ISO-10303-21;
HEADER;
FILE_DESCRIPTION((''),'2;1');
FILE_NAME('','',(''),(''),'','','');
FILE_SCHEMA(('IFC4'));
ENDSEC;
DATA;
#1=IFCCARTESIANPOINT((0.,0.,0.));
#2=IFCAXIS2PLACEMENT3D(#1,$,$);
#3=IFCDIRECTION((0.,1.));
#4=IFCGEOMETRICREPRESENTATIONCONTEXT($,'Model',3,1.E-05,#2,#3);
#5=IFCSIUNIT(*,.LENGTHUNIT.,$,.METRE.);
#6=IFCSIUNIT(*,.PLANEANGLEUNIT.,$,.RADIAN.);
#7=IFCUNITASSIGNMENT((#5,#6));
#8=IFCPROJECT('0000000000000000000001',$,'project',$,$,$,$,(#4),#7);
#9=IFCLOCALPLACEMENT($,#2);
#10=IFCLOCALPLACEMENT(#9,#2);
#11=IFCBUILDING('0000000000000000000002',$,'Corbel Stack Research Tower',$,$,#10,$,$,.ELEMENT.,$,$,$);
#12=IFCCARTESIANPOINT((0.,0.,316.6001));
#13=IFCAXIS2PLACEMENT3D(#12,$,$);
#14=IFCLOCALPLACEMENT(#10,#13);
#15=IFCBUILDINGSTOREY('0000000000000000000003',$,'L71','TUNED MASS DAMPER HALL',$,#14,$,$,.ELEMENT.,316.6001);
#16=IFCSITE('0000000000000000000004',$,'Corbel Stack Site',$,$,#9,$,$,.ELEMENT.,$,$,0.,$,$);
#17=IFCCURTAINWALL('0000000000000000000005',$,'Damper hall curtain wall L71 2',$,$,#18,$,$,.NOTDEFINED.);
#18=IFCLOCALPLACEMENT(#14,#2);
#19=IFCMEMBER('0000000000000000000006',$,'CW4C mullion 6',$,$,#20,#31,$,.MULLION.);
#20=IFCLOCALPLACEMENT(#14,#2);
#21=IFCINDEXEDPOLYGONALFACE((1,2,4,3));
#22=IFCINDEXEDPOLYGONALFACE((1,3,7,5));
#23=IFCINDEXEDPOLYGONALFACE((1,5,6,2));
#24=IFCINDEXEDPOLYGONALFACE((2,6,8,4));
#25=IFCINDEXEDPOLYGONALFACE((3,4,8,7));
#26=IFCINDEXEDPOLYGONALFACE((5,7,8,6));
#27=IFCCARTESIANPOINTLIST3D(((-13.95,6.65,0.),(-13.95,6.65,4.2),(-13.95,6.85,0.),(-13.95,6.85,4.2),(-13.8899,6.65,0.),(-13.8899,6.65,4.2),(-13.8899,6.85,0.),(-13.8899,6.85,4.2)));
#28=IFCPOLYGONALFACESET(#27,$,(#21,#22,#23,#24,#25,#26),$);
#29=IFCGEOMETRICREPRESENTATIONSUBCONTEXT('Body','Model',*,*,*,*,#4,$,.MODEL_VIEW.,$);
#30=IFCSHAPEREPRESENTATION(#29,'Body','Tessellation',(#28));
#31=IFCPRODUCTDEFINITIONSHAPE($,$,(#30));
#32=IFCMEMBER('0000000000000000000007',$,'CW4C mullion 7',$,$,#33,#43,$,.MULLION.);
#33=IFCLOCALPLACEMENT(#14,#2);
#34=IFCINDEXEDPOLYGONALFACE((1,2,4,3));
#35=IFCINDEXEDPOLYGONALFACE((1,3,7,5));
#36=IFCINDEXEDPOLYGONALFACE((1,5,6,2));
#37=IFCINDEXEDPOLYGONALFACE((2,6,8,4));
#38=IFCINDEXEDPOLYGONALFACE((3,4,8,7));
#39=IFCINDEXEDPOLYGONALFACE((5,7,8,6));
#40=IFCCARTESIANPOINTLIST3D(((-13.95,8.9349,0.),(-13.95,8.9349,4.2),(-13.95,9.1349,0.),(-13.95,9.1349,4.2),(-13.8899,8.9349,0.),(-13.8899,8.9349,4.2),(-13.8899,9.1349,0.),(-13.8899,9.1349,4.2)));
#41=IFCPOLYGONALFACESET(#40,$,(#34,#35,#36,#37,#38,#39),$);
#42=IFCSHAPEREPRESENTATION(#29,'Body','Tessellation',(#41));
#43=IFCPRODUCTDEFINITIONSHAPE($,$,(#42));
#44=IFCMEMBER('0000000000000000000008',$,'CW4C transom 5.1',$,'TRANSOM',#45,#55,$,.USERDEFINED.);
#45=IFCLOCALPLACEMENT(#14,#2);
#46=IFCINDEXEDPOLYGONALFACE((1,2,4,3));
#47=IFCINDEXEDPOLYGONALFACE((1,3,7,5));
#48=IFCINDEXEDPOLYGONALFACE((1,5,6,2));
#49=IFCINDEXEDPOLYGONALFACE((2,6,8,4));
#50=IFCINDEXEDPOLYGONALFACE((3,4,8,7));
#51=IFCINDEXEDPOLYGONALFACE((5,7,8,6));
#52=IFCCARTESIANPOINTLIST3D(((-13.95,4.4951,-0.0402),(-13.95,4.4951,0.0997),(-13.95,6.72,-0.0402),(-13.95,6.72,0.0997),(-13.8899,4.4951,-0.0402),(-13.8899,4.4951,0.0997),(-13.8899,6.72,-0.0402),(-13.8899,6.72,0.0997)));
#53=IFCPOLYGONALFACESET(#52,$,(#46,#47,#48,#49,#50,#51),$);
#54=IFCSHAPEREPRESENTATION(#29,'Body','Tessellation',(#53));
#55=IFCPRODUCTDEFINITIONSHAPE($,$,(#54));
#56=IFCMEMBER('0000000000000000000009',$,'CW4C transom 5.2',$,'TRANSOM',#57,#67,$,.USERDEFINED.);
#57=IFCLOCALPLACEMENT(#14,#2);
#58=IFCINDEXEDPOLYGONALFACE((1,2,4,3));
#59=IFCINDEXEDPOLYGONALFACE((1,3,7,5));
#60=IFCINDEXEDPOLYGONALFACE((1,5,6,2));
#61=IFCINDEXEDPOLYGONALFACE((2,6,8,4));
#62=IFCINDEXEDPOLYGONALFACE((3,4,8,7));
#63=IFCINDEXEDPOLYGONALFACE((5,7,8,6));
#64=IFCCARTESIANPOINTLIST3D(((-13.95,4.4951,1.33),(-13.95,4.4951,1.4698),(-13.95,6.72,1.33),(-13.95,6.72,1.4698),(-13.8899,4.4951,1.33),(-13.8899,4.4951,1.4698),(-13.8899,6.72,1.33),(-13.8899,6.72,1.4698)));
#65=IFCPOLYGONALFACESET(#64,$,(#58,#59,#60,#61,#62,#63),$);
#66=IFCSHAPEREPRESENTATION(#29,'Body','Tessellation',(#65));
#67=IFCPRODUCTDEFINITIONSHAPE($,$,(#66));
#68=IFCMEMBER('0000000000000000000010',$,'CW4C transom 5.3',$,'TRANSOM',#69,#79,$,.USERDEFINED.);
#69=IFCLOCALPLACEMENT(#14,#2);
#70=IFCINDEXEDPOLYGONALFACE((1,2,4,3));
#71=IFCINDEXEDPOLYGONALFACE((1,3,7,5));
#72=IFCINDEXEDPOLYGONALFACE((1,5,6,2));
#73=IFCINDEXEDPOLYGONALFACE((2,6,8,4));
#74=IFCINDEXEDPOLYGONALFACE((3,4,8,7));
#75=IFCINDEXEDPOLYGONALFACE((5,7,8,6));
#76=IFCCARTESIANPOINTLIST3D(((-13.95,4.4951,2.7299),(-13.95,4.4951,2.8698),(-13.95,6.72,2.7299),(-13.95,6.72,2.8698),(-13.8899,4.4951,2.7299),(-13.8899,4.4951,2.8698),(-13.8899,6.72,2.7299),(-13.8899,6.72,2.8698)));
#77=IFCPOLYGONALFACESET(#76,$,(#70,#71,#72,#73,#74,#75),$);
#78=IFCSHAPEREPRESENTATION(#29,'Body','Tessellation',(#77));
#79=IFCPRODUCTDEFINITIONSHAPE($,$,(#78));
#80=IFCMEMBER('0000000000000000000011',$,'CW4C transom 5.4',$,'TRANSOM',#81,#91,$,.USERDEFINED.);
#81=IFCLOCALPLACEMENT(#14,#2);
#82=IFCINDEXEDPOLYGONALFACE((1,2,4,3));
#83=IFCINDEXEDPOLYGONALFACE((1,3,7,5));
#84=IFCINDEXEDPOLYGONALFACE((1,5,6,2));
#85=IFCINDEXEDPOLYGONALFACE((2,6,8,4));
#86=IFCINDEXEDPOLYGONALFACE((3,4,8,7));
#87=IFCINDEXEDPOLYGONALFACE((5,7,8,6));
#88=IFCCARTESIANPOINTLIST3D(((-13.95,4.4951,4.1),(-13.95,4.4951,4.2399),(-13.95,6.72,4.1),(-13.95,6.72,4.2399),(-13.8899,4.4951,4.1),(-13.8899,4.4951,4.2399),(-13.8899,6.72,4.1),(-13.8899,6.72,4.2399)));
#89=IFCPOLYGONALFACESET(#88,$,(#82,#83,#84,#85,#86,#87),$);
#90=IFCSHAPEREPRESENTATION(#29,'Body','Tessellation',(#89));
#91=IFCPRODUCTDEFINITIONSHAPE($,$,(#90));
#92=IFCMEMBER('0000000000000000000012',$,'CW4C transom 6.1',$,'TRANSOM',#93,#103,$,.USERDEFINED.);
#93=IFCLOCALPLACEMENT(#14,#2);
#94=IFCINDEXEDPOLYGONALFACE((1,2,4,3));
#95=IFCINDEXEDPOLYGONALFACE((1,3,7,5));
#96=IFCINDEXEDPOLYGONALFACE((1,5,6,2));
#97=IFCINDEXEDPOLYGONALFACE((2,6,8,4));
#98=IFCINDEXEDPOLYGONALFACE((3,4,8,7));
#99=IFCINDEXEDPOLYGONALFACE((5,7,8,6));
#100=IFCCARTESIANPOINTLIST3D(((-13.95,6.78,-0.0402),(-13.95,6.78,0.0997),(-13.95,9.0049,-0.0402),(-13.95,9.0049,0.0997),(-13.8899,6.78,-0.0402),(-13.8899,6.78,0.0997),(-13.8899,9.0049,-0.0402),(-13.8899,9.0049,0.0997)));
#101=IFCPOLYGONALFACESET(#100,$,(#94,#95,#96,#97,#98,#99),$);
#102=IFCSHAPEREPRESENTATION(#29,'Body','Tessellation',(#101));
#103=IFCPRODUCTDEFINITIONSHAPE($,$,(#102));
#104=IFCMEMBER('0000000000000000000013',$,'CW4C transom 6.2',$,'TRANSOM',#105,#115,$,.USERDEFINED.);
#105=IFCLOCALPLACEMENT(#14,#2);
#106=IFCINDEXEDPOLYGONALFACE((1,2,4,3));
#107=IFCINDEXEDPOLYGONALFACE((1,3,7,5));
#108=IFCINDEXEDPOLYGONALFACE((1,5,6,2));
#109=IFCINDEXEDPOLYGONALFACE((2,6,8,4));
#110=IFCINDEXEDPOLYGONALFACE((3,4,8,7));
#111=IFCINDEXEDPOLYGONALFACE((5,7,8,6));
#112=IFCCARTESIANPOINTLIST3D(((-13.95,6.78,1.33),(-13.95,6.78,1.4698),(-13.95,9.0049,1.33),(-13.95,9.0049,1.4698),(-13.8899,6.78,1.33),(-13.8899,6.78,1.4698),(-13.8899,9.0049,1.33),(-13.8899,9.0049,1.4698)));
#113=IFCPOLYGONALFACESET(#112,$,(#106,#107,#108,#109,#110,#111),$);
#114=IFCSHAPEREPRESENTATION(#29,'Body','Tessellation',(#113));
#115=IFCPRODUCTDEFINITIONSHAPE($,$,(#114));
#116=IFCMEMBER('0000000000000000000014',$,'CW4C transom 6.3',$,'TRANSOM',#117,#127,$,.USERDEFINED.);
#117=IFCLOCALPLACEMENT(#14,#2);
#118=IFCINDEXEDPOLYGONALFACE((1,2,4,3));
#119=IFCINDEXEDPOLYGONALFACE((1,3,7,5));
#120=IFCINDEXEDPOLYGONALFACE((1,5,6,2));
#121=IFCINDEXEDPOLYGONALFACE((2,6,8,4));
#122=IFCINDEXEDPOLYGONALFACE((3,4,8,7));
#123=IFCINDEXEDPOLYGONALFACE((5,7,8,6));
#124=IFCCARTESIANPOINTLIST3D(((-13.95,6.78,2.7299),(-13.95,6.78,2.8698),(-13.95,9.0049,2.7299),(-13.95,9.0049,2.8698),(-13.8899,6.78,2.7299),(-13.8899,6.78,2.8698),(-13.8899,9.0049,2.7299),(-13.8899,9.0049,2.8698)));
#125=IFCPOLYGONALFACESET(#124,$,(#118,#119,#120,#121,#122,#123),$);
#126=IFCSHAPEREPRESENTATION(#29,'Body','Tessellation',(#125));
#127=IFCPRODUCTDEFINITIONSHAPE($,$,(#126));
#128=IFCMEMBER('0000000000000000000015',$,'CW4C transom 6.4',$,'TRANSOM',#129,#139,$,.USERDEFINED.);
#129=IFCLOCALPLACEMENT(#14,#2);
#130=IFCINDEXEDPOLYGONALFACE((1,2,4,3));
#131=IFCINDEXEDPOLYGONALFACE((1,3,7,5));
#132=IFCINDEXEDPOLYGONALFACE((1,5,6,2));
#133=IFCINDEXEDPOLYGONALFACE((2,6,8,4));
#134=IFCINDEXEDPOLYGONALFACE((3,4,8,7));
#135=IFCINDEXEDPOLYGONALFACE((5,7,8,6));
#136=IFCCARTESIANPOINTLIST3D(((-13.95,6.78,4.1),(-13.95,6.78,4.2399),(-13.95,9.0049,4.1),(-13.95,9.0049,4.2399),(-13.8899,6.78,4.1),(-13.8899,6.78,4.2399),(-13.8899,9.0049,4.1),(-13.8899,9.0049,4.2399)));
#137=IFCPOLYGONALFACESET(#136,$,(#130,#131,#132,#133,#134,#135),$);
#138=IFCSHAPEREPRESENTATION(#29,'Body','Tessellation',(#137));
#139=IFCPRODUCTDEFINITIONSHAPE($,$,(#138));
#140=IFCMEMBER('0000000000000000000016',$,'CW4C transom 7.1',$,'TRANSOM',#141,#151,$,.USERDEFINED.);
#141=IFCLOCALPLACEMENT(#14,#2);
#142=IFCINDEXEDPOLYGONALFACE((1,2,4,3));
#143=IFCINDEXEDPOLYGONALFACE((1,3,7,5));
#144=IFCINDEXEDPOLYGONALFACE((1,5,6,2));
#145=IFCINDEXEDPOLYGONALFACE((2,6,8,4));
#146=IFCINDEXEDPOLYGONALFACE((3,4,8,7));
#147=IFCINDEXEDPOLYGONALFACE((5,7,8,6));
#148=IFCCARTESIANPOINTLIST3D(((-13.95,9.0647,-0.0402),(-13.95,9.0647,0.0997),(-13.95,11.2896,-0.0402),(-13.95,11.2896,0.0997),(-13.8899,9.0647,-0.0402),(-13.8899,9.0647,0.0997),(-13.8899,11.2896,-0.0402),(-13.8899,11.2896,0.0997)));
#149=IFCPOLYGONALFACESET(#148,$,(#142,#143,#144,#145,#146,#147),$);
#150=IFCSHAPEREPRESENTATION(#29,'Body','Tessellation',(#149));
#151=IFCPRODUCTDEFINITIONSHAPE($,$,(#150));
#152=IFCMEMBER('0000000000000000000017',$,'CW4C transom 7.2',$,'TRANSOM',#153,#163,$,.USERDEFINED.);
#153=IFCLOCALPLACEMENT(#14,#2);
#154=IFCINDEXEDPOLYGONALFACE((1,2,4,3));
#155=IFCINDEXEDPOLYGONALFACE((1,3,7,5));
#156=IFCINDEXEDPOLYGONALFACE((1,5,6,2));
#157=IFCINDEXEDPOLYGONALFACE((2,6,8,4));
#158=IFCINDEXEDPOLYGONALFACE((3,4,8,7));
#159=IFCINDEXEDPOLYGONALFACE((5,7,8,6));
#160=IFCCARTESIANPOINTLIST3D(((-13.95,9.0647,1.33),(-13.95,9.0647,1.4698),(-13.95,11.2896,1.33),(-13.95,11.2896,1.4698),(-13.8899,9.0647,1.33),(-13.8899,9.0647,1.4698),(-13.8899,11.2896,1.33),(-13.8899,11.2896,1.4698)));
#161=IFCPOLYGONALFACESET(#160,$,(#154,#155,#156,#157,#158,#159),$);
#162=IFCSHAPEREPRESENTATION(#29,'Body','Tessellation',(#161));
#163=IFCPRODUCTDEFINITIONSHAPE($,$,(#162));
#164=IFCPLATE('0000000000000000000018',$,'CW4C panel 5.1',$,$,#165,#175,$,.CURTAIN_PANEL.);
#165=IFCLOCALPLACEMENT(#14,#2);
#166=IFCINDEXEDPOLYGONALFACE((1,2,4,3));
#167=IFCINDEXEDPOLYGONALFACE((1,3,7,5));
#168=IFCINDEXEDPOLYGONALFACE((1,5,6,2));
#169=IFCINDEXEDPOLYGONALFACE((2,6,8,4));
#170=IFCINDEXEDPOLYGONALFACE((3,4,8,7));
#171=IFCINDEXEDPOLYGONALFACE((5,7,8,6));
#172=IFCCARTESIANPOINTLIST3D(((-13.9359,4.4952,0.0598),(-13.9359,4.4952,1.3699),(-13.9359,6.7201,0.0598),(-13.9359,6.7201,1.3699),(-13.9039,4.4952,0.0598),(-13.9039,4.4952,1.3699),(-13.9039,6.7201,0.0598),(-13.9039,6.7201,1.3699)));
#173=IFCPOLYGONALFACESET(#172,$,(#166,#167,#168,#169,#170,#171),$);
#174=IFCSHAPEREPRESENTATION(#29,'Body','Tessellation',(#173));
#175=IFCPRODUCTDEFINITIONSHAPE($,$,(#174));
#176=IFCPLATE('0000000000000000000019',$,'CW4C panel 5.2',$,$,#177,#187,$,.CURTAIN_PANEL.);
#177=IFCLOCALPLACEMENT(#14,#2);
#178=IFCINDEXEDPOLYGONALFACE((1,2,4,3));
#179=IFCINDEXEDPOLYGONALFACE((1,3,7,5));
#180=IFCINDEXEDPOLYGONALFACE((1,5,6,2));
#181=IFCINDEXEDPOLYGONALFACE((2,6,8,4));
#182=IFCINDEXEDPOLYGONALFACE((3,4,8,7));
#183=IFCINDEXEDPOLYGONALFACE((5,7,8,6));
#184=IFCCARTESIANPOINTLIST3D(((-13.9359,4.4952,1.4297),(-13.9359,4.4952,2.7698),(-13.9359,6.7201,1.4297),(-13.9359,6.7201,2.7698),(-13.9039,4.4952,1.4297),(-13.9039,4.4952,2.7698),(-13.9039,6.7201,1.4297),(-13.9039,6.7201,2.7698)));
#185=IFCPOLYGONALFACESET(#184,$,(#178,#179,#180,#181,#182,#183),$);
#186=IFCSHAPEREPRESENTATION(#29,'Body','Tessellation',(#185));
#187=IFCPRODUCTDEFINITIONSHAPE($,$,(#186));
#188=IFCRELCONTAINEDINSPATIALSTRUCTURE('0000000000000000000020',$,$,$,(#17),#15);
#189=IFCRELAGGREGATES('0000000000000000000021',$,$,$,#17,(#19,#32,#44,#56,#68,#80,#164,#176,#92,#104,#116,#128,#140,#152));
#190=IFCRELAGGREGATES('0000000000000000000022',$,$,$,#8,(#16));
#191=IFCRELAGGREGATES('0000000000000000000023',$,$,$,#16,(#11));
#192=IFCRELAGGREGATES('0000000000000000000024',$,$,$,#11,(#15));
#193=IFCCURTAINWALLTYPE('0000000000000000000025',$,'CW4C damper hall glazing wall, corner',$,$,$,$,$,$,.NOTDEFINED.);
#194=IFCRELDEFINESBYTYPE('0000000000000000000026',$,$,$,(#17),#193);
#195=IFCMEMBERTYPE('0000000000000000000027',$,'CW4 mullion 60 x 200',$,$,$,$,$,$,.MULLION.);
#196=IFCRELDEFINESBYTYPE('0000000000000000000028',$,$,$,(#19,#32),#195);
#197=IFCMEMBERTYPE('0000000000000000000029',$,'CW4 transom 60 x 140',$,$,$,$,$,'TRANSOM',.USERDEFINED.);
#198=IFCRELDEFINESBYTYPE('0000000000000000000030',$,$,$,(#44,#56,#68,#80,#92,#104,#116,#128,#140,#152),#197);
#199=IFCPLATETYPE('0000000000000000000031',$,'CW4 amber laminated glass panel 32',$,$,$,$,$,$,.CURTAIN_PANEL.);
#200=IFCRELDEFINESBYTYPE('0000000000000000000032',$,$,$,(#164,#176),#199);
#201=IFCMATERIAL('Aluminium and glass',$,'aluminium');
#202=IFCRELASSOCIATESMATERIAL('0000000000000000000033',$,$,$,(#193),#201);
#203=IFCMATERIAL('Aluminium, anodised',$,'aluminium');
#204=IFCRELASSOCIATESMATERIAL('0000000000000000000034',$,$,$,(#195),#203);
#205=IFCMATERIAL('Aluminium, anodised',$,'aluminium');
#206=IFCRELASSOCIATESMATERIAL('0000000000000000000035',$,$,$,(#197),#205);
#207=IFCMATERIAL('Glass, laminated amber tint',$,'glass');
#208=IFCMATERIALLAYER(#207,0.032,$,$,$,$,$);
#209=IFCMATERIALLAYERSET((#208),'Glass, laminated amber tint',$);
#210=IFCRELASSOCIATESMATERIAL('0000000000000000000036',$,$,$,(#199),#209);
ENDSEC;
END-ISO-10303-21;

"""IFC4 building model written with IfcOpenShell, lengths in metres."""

from ifc_helpers import new_model, si_unit, direction, frame, origin, origin_2d, place, context, subcontext, project, spatial, rectangle, extrude, material, layer, layer_set, material_profile, profile_set, type_object, element, aggregate, save


model = new_model("IFC4")

# Units and contexts
model_context = context("Model", 3, precision=1e-05, world=origin(), true_north=direction((0.0, 1.0)))
body_context = subcontext(model_context, "Body", "Model", "MODEL_VIEW")
ifc_project = project(units=[si_unit("LENGTHUNIT", "METRE"), si_unit("PLANEANGLEUNIT", "RADIAN")], contexts=[model_context])

# Site, building, storey
site_placement = place(None, origin())
site = spatial("IfcSite", under=ifc_project, at=site_placement, Name="Corbel Stack Site", CompositionType="ELEMENT", RefElevation=0.0)
building_placement = place(site_placement, origin())
building = spatial("IfcBuilding", under=site, at=building_placement, Name="Corbel Stack Research Tower", CompositionType="ELEMENT")
storey_placement = place(building_placement, frame((0.0, 0.0, 316.6001)))
storey = spatial("IfcBuildingStorey", under=building, at=storey_placement, Name="L71", Description="TUNED MASS DAMPER HALL", CompositionType="ELEMENT", Elevation=316.6001)

# Curtain wall, members, plates
ifc_material_1 = material(Name="Aluminium and glass", Category="aluminium")
curtain_wall_type = type_object("IfcCurtainWallType", Name="CW4C damper hall glazing wall, corner", PredefinedType="NOTDEFINED", material=ifc_material_1)
curtain_wall_placement = place(storey_placement, origin())
curtain_wall = element("IfcCurtainWall", 1, at=curtain_wall_placement, inside=storey, type_object=curtain_wall_type, Name="Damper hall curtain wall L71 2", PredefinedType="NOTDEFINED")
ifc_material_2 = material(Name="Aluminium, anodised", Category="aluminium")
ifc_material_profile_1 = material_profile(ifc_material_2, rectangle(XDim=0.0601, YDim=0.2, at=origin_2d()), Name="CW4 mullion 60 x 200")
ifc_profile_set_1 = profile_set([ifc_material_profile_1], Name="Aluminium, anodised")
member_type_1 = type_object("IfcMemberType", Name="CW4 mullion 60 x 200", PredefinedType="MULLION", material=ifc_profile_set_1)
member_1_placement = place(storey_placement, frame((-13.9199, 6.75, 0.0), z_axis=(0.0, 0.0, 1.0), x_axis=(-1.0, 0.0, 0.0)))
member_1 = element("IfcMember", 2, at=member_1_placement, type_object=member_type_1, Name="CW4C mullion 6", PredefinedType="MULLION", context=body_context, shape_type="SweptSolid", body=[
    extrude(rectangle(XDim=0.0601, YDim=0.2, at=origin_2d()), origin(), (0.0, 0.0, 1.0), 4.2),
])
member_2_placement = place(storey_placement, frame((-13.9199, 9.0349, 0.0), z_axis=(0.0, 0.0, 1.0), x_axis=(-1.0, 0.0, 0.0)))
member_2 = element("IfcMember", 3, at=member_2_placement, type_object=member_type_1, Name="CW4C mullion 7", PredefinedType="MULLION", context=body_context, shape_type="SweptSolid", body=[
    extrude(rectangle(XDim=0.0601, YDim=0.2, at=origin_2d()), origin(), (0.0, 0.0, 1.0), 4.2),
])
ifc_material_3 = material(Name="Aluminium, anodised", Category="aluminium")
ifc_material_profile_2 = material_profile(ifc_material_3, rectangle(XDim=0.0601, YDim=0.1399, at=origin_2d()), Name="CW4 transom 60 x 140")
ifc_profile_set_2 = profile_set([ifc_material_profile_2], Name="Aluminium, anodised")
member_type_2 = type_object("IfcMemberType", Name="CW4 transom 60 x 140", ElementType="TRANSOM", PredefinedType="USERDEFINED", material=ifc_profile_set_2)
member_3_placement = place(storey_placement, frame((-13.9199, 4.4951, 0.0298), z_axis=(0.0, 1.0, 0.0), x_axis=(-1.0, 0.0, 0.0)))
member_3 = element("IfcMember", 4, at=member_3_placement, type_object=member_type_2, Name="CW4C transom 5.1", ObjectType="TRANSOM", PredefinedType="USERDEFINED", context=body_context, shape_type="SweptSolid", body=[
    extrude(rectangle(XDim=0.0601, YDim=0.1399, at=origin_2d()), origin(), (0.0, 0.0, 1.0), 2.2249),
])
member_4_placement = place(storey_placement, frame((-13.9199, 4.4951, 1.3999), z_axis=(0.0, 1.0, 0.0), x_axis=(-1.0, 0.0, 0.0)))
member_4 = element("IfcMember", 5, at=member_4_placement, type_object=member_type_2, Name="CW4C transom 5.2", ObjectType="TRANSOM", PredefinedType="USERDEFINED", context=body_context, shape_type="SweptSolid", body=[
    extrude(rectangle(XDim=0.0601, YDim=0.1399, at=origin_2d()), origin(), (0.0, 0.0, 1.0), 2.2249),
])
member_5_placement = place(storey_placement, frame((-13.9199, 4.4951, 2.7998), z_axis=(0.0, 1.0, 0.0), x_axis=(-1.0, 0.0, 0.0)))
member_5 = element("IfcMember", 6, at=member_5_placement, type_object=member_type_2, Name="CW4C transom 5.3", ObjectType="TRANSOM", PredefinedType="USERDEFINED", context=body_context, shape_type="SweptSolid", body=[
    extrude(rectangle(XDim=0.0601, YDim=0.1399, at=origin_2d()), origin(), (0.0, 0.0, 1.0), 2.2249),
])
member_6_placement = place(storey_placement, frame((-13.9199, 4.4951, 4.1699), z_axis=(0.0, 1.0, 0.0), x_axis=(-1.0, 0.0, 0.0)))
member_6 = element("IfcMember", 7, at=member_6_placement, type_object=member_type_2, Name="CW4C transom 5.4", ObjectType="TRANSOM", PredefinedType="USERDEFINED", context=body_context, shape_type="SweptSolid", body=[
    extrude(rectangle(XDim=0.0601, YDim=0.1399, at=origin_2d()), origin(), (0.0, 0.0, 1.0), 2.2249),
])
member_7_placement = place(storey_placement, frame((-13.9199, 6.78, 0.0298), z_axis=(0.0, 1.0, 0.0), x_axis=(-1.0, 0.0, 0.0)))
member_7 = element("IfcMember", 8, at=member_7_placement, type_object=member_type_2, Name="CW4C transom 6.1", ObjectType="TRANSOM", PredefinedType="USERDEFINED", context=body_context, shape_type="SweptSolid", body=[
    extrude(rectangle(XDim=0.0601, YDim=0.1399, at=origin_2d()), origin(), (0.0, 0.0, 1.0), 2.2249),
])
member_8_placement = place(storey_placement, frame((-13.9199, 6.78, 1.3999), z_axis=(0.0, 1.0, 0.0), x_axis=(-1.0, 0.0, 0.0)))
member_8 = element("IfcMember", 9, at=member_8_placement, type_object=member_type_2, Name="CW4C transom 6.2", ObjectType="TRANSOM", PredefinedType="USERDEFINED", context=body_context, shape_type="SweptSolid", body=[
    extrude(rectangle(XDim=0.0601, YDim=0.1399, at=origin_2d()), origin(), (0.0, 0.0, 1.0), 2.2249),
])
member_9_placement = place(storey_placement, frame((-13.9199, 6.78, 2.7998), z_axis=(0.0, 1.0, 0.0), x_axis=(-1.0, 0.0, 0.0)))
member_9 = element("IfcMember", 10, at=member_9_placement, type_object=member_type_2, Name="CW4C transom 6.3", ObjectType="TRANSOM", PredefinedType="USERDEFINED", context=body_context, shape_type="SweptSolid", body=[
    extrude(rectangle(XDim=0.0601, YDim=0.1399, at=origin_2d()), origin(), (0.0, 0.0, 1.0), 2.2249),
])
member_10_placement = place(storey_placement, frame((-13.9199, 6.78, 4.1699), z_axis=(0.0, 1.0, 0.0), x_axis=(-1.0, 0.0, 0.0)))
member_10 = element("IfcMember", 11, at=member_10_placement, type_object=member_type_2, Name="CW4C transom 6.4", ObjectType="TRANSOM", PredefinedType="USERDEFINED", context=body_context, shape_type="SweptSolid", body=[
    extrude(rectangle(XDim=0.0601, YDim=0.1399, at=origin_2d()), origin(), (0.0, 0.0, 1.0), 2.2249),
])
member_11_placement = place(storey_placement, frame((-13.9199, 9.0647, 0.0298), z_axis=(0.0, 1.0, 0.0), x_axis=(-1.0, 0.0, 0.0)))
member_11 = element("IfcMember", 12, at=member_11_placement, type_object=member_type_2, Name="CW4C transom 7.1", ObjectType="TRANSOM", PredefinedType="USERDEFINED", context=body_context, shape_type="SweptSolid", body=[
    extrude(rectangle(XDim=0.0601, YDim=0.1399, at=origin_2d()), origin(), (0.0, 0.0, 1.0), 2.2249),
])
member_12_placement = place(storey_placement, frame((-13.9199, 9.0647, 1.3999), z_axis=(0.0, 1.0, 0.0), x_axis=(-1.0, 0.0, 0.0)))
member_12 = element("IfcMember", 13, at=member_12_placement, type_object=member_type_2, Name="CW4C transom 7.2", ObjectType="TRANSOM", PredefinedType="USERDEFINED", context=body_context, shape_type="SweptSolid", body=[
    extrude(rectangle(XDim=0.0601, YDim=0.1399, at=origin_2d()), origin(), (0.0, 0.0, 1.0), 2.2249),
])
ifc_material_4 = material(Name="Glass, laminated amber tint", Category="glass")
ifc_layer = layer(ifc_material_4, 0.032)
ifc_layer_set = layer_set([ifc_layer], Name="Glass, laminated amber tint")
plate_type = type_object("IfcPlateType", Name="CW4 amber laminated glass panel 32", PredefinedType="CURTAIN_PANEL", material=ifc_layer_set)
plate_1_placement = place(storey_placement, frame((-13.9199, 5.6077, 0.0598), z_axis=(0.0, 0.0, 1.0), x_axis=(0.0, 1.0, 0.0)))
plate_1 = element("IfcPlate", 14, at=plate_1_placement, type_object=plate_type, Name="CW4C panel 5.1", PredefinedType="CURTAIN_PANEL", context=body_context, shape_type="SweptSolid", body=[
    extrude(rectangle(XDim=2.2249, YDim=0.032, at=origin_2d()), origin(), (0.0, 0.0, 1.0), 1.3101),
])
plate_2_placement = place(storey_placement, frame((-13.9199, 5.6077, 1.4297), z_axis=(0.0, 0.0, 1.0), x_axis=(0.0, 1.0, 0.0)))
plate_2 = element("IfcPlate", 15, at=plate_2_placement, type_object=plate_type, Name="CW4C panel 5.2", PredefinedType="CURTAIN_PANEL", context=body_context, shape_type="SweptSolid", body=[
    extrude(rectangle(XDim=2.2249, YDim=0.032, at=origin_2d()), origin(), (0.0, 0.0, 1.0), 1.3401),
])
aggregate(curtain_wall, [member_1, member_2, member_3, member_4, member_5, member_6, plate_1, plate_2, member_7, member_8, member_9, member_10, member_11, member_12])

save(model, "model.ifc")
